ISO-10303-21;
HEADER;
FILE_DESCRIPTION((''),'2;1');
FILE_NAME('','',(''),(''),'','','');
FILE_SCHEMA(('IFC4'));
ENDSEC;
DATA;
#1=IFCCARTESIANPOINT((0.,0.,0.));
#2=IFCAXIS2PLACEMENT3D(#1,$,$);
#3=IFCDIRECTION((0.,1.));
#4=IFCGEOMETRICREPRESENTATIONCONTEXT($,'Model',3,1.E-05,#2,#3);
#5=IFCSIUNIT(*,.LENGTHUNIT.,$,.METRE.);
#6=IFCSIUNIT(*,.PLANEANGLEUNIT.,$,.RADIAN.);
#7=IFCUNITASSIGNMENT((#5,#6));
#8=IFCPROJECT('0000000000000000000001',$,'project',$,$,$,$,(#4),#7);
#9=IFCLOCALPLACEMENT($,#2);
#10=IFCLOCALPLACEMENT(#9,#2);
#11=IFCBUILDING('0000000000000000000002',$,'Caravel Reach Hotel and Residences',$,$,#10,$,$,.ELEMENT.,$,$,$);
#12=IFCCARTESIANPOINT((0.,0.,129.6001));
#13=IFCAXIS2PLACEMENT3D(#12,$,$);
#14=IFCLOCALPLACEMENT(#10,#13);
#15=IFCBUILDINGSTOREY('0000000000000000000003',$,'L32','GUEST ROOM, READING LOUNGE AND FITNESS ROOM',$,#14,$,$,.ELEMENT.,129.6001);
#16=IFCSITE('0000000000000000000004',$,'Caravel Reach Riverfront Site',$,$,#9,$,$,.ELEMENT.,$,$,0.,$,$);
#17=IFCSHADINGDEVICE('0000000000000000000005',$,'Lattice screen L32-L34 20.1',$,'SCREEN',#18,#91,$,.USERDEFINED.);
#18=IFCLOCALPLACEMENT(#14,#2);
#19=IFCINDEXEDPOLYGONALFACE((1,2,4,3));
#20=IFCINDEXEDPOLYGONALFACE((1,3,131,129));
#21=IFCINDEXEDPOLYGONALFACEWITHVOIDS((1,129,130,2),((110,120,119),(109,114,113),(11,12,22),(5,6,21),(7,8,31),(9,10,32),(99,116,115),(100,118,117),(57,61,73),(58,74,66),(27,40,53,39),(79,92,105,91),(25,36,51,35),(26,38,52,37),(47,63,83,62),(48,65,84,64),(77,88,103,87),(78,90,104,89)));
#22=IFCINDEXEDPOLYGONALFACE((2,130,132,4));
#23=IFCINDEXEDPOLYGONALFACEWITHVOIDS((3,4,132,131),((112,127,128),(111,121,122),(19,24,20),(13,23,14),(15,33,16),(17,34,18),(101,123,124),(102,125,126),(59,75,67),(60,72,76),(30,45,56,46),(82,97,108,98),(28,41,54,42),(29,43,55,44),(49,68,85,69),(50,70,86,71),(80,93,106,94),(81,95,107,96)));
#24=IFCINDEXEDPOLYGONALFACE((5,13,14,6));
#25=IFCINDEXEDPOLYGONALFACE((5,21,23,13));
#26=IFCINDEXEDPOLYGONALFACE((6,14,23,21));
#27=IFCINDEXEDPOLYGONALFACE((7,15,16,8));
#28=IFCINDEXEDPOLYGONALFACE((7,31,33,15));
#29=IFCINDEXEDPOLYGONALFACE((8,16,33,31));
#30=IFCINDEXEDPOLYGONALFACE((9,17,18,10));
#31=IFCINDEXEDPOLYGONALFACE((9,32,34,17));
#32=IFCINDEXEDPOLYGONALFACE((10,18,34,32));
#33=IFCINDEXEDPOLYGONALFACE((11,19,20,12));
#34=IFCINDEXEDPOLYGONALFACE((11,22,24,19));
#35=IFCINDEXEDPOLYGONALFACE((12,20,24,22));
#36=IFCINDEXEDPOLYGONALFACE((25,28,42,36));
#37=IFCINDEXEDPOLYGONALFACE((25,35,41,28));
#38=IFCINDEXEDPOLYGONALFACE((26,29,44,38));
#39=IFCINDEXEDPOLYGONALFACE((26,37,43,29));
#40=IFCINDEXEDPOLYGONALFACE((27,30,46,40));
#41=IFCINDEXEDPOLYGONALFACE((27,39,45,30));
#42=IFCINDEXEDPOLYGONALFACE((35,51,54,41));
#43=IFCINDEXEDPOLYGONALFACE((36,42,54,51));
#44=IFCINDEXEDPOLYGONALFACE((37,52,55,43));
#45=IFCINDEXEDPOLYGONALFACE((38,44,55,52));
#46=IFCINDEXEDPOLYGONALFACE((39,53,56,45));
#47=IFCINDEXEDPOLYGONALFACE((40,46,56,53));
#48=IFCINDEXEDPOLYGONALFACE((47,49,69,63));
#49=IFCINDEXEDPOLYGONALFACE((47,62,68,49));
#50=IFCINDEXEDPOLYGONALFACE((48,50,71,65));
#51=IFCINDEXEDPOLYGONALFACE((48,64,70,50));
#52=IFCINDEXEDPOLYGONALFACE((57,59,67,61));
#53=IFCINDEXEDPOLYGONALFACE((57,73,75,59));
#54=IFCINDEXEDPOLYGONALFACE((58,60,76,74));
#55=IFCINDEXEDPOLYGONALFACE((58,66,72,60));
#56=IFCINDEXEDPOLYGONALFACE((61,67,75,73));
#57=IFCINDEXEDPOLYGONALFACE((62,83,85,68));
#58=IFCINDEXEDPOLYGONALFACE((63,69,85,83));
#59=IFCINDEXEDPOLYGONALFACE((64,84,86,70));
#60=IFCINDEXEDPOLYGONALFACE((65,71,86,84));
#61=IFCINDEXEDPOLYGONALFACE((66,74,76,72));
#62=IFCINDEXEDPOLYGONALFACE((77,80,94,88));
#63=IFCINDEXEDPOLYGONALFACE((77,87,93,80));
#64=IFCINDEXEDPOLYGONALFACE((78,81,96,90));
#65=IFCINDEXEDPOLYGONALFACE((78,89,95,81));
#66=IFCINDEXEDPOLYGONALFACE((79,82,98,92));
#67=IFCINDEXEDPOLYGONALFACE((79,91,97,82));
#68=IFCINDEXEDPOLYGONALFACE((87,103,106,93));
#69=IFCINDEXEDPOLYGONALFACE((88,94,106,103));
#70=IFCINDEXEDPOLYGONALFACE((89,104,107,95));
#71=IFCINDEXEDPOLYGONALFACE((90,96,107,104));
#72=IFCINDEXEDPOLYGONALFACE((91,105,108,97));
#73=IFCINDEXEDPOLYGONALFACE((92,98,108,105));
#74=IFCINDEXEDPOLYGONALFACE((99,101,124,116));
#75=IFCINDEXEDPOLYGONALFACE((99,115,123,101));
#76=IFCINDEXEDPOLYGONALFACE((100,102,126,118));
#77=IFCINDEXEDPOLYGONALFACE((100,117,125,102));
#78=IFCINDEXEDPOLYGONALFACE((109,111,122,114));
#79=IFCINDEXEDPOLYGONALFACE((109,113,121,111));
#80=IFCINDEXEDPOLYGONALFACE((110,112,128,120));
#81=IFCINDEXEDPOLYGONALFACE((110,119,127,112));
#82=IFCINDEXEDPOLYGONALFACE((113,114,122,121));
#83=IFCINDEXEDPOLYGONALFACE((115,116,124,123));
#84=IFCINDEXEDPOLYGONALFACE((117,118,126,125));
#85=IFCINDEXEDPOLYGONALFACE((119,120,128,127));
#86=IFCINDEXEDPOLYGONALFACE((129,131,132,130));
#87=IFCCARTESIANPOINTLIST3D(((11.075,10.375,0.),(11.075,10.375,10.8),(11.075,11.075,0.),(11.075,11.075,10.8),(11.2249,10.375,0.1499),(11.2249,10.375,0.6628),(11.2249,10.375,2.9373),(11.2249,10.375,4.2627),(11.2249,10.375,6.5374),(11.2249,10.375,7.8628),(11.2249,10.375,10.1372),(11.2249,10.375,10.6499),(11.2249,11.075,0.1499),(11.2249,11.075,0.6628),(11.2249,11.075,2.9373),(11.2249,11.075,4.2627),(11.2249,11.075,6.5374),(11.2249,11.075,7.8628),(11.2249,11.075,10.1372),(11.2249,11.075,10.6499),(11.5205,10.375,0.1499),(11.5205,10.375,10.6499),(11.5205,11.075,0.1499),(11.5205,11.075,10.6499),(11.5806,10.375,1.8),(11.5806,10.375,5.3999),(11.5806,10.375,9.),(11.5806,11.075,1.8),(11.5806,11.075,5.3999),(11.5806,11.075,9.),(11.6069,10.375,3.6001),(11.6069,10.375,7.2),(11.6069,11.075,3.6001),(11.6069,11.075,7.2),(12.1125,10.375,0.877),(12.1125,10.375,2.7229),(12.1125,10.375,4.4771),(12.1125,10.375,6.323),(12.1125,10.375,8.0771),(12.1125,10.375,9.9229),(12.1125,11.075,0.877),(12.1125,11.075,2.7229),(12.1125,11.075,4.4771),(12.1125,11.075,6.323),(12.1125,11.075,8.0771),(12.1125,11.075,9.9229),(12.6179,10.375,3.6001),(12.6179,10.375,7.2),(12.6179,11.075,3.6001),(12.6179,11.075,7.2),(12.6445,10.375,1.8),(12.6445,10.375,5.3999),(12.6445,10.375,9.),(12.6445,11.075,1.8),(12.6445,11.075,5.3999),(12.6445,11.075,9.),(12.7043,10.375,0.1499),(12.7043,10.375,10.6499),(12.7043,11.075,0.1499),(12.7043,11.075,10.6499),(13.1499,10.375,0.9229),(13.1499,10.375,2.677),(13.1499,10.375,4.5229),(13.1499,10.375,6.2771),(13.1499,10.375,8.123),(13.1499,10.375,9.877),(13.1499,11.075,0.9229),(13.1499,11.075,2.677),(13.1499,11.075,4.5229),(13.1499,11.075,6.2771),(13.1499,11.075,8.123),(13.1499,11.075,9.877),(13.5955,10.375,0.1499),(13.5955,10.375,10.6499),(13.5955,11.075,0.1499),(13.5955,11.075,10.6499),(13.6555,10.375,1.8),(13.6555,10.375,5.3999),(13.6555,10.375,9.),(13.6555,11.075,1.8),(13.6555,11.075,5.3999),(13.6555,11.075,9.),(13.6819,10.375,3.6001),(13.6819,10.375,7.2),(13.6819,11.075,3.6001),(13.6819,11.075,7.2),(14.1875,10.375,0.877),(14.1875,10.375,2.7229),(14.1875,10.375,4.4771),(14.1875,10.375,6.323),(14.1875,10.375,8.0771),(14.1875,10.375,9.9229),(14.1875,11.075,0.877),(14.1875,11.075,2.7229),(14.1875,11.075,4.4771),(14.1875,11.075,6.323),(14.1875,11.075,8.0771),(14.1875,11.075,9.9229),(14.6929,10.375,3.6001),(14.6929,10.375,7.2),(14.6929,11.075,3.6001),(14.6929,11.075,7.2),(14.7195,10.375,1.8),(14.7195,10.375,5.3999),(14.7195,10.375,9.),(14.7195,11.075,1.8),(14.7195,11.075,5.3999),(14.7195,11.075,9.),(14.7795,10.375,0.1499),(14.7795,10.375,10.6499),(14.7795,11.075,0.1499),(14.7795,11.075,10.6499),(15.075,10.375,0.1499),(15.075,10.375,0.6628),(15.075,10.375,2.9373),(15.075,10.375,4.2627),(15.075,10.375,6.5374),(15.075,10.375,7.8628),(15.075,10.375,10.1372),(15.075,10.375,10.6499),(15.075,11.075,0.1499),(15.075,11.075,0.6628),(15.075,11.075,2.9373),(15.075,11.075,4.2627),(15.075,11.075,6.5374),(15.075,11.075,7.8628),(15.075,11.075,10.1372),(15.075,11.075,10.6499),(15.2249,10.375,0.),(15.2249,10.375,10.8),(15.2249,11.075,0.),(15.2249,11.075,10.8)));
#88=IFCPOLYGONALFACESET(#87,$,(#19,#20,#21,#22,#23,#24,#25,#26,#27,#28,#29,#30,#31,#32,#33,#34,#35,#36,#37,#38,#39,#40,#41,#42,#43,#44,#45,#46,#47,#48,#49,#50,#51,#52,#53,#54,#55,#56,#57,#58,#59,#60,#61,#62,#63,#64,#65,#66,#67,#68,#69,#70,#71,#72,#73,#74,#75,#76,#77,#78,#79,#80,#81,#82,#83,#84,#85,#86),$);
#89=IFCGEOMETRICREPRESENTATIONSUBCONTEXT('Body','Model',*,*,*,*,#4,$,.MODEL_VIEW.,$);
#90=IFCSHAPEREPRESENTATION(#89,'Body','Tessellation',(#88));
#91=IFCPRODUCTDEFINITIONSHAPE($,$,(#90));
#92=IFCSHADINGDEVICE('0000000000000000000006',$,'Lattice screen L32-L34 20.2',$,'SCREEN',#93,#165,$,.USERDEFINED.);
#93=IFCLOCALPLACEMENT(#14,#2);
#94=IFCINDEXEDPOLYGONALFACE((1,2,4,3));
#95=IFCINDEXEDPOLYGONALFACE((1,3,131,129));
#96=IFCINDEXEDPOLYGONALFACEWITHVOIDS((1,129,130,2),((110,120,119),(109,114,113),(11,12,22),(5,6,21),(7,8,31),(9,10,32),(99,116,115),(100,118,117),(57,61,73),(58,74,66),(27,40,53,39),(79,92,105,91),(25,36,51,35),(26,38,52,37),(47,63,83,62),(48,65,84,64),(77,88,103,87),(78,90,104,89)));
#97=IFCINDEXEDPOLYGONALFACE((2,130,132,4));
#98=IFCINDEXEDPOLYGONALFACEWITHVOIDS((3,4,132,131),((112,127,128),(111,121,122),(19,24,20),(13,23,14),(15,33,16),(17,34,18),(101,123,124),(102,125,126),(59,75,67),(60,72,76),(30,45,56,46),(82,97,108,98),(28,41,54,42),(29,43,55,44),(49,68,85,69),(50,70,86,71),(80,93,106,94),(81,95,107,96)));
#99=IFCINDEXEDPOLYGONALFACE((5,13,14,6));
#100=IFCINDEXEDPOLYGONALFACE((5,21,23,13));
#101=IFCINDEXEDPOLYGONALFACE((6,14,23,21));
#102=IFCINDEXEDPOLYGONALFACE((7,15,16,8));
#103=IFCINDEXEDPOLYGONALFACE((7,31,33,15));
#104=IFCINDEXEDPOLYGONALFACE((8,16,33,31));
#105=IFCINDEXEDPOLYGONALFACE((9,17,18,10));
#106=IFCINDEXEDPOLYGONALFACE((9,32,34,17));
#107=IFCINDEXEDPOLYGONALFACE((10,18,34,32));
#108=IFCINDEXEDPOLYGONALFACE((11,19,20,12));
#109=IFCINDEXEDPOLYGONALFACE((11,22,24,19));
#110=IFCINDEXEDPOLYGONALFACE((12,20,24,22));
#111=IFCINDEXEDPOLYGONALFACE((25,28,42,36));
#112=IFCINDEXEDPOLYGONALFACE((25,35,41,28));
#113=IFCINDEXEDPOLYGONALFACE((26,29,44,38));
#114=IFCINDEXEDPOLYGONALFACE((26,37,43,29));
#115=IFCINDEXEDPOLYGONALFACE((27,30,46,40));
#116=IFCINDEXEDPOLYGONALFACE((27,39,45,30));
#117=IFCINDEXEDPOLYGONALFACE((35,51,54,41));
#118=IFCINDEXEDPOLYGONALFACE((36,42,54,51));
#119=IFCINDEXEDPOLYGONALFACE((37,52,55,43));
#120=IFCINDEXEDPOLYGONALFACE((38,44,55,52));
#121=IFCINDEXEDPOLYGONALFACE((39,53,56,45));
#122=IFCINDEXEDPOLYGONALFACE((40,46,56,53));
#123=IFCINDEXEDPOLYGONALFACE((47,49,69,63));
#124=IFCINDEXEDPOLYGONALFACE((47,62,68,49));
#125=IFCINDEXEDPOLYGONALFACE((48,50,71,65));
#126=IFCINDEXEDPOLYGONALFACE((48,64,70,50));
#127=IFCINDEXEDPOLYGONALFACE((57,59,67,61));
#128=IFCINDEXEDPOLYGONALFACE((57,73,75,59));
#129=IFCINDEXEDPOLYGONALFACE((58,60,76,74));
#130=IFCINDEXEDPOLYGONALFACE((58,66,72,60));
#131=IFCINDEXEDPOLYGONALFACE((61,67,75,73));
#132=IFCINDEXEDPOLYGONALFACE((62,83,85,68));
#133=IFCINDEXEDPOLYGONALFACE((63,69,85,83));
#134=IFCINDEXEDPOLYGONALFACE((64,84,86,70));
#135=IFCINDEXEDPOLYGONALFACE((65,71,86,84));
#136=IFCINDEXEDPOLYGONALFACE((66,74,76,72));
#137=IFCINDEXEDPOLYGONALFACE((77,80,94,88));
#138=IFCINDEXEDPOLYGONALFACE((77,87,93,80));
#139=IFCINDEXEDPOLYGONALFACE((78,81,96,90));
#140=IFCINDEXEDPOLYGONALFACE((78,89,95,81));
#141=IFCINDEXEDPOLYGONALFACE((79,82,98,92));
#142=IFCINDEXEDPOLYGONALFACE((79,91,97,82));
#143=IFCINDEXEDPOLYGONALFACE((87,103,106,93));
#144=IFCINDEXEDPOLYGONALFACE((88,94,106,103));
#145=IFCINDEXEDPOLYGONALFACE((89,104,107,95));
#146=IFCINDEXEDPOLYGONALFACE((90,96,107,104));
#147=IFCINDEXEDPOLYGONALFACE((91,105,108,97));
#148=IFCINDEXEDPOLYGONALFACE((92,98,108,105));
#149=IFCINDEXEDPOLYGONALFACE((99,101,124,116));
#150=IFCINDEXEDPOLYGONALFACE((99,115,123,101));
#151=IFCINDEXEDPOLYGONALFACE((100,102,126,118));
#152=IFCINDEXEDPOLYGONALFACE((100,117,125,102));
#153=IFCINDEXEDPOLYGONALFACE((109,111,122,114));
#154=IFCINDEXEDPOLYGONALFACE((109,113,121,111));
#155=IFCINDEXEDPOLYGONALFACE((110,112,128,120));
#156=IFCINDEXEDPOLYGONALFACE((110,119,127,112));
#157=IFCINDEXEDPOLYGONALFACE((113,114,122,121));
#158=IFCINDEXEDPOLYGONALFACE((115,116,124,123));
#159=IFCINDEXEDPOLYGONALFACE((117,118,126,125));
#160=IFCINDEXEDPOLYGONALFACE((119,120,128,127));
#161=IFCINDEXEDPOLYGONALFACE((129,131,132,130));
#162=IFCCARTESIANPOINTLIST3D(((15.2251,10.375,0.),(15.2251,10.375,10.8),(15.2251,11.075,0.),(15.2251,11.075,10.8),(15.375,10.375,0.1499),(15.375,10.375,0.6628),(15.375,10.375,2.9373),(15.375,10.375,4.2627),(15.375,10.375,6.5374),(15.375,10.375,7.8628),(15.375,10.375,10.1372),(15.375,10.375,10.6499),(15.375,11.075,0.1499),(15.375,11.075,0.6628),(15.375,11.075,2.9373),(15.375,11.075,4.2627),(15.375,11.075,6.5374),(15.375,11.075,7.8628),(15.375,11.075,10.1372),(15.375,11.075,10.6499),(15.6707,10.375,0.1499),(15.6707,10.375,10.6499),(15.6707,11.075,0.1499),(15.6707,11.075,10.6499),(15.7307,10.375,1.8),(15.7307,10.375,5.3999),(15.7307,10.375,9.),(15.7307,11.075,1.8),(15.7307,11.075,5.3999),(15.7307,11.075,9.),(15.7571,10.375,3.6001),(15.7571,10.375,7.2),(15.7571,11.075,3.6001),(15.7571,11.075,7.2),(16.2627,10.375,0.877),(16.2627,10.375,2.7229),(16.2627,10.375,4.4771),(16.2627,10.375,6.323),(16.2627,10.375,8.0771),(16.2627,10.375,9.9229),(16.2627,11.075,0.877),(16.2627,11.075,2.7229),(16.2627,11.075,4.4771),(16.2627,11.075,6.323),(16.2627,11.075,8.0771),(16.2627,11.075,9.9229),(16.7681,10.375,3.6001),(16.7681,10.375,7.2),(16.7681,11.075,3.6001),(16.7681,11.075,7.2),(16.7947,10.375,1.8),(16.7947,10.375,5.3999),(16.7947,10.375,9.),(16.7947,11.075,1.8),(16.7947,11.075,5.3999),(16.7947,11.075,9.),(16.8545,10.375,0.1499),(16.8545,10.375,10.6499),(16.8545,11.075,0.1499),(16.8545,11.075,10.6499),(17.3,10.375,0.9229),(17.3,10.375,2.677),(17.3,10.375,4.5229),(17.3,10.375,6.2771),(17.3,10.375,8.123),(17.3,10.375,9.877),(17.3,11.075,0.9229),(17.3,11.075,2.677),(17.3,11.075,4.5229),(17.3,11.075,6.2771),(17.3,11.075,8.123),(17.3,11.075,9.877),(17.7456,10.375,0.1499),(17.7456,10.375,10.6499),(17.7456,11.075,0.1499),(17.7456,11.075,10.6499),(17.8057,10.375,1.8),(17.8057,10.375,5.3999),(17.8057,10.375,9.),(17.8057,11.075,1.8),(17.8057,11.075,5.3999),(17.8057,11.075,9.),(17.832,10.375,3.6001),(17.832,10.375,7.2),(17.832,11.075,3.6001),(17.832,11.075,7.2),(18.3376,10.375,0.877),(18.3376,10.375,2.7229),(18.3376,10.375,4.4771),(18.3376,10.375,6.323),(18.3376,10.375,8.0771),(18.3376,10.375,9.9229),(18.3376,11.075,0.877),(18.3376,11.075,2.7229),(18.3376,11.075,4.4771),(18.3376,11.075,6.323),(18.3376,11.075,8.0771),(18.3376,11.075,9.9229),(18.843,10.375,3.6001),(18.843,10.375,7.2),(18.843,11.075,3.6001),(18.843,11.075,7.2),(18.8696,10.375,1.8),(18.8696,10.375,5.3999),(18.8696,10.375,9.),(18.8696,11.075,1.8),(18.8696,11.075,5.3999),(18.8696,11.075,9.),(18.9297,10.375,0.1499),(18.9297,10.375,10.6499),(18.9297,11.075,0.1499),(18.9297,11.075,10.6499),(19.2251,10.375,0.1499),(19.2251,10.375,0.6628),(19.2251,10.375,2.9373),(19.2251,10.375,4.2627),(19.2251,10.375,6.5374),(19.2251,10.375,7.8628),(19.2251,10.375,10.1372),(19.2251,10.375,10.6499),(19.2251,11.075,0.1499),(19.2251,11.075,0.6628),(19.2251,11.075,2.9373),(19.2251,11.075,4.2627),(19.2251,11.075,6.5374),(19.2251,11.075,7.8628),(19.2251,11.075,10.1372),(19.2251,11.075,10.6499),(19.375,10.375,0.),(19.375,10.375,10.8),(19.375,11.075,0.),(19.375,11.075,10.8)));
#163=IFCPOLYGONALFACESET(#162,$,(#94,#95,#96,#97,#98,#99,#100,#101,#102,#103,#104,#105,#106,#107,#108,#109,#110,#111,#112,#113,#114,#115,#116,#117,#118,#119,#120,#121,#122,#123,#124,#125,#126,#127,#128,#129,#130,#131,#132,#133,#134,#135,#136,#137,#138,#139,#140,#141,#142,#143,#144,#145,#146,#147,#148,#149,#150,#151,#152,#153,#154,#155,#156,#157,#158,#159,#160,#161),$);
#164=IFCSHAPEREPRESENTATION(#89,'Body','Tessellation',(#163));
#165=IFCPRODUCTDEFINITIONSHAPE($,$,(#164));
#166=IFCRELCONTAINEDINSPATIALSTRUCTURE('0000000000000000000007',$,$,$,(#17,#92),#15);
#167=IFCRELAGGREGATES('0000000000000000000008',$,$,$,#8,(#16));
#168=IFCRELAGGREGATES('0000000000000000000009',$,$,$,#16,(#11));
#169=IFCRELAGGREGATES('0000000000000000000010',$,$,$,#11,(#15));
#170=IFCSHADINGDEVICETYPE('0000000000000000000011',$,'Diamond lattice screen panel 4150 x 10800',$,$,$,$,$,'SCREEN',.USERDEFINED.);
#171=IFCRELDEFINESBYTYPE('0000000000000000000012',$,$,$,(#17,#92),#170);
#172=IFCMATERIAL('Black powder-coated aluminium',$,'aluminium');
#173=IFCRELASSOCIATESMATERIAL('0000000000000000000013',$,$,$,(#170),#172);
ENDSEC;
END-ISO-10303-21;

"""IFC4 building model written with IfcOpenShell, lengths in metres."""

from ifc_helpers import new_model, si_unit, direction, frame, origin, place, context, subcontext, project, spatial, polyline, outline, extrude, material, type_object, element, save


model = new_model("IFC4")

# Units and contexts
model_context = context("Model", 3, precision=1e-05, world=origin(), true_north=direction((0.0, 1.0)))
body_context = subcontext(model_context, "Body", "Model", "MODEL_VIEW")
ifc_project = project(units=[si_unit("LENGTHUNIT", "METRE"), si_unit("PLANEANGLEUNIT", "RADIAN")], contexts=[model_context])

# Site, building, storey
site_placement = place(None, origin())
site = spatial("IfcSite", under=ifc_project, at=site_placement, Name="Caravel Reach Riverfront Site", CompositionType="ELEMENT", RefElevation=0.0)
building_placement = place(site_placement, origin())
building = spatial("IfcBuilding", under=site, at=building_placement, Name="Caravel Reach Hotel and Residences", CompositionType="ELEMENT")
storey_placement = place(building_placement, frame((0.0, 0.0, 129.6001)))
storey = spatial("IfcBuildingStorey", under=building, at=storey_placement, Name="L32", Description="GUEST ROOM, READING LOUNGE AND FITNESS ROOM", CompositionType="ELEMENT", Elevation=129.6001)

# Shading devices
ifc_material_1 = material(Name="Black powder-coated aluminium", Category="aluminium")
shading_device_type_1 = type_object("IfcShadingDeviceType", Name="Diamond lattice screen panel 4150 x 10800", ElementType="SCREEN", PredefinedType="USERDEFINED", material=ifc_material_1)
shading_device_1_placement = place(storey_placement, frame((11.075, 11.075, 0.0), z_axis=(0.0, -1.0, 0.0), x_axis=(1.0, 0.0, 0.0)))
element("IfcShadingDevice", 1, at=shading_device_1_placement, inside=storey, type_object=shading_device_type_1, Name="Lattice screen L32-L34 20.1", ObjectType="SCREEN", PredefinedType="USERDEFINED", context=body_context, shape_type="SweptSolid", body=[
    extrude(outline(polyline([(0.0, 0.0), (4.1499, 0.0), (4.1499, 10.8), (0.0, 10.8), (0.0, 0.0)]), holes=[polyline([(0.4456, 0.1499), (0.1499, 0.6628), (0.1499, 0.1499), (0.4456, 0.1499)]), polyline([(0.532, 3.6001), (0.1499, 4.2627), (0.1499, 2.9373), (0.532, 3.6001)]), polyline([(0.532, 7.2), (0.1499, 7.8628), (0.1499, 6.5374), (0.532, 7.2)]), polyline([(0.1499, 10.1372), (0.4456, 10.6499), (0.1499, 10.6499), (0.1499, 10.1372)]), polyline([(1.0376, 2.7229), (0.5056, 1.8), (1.0376, 0.877), (1.5696, 1.8), (1.0376, 2.7229)]), polyline([(1.0376, 6.323), (0.5056, 5.3999), (1.0376, 4.4771), (1.5696, 5.3999), (1.0376, 6.323)]), polyline([(1.0376, 9.9229), (0.5056, 9.0), (1.0376, 8.0771), (1.5696, 9.0), (1.0376, 9.9229)]), polyline([(2.075, 0.9229), (1.6294, 0.1499), (2.5205, 0.1499), (2.075, 0.9229)]), polyline([(2.075, 4.5229), (1.543, 3.6001), (2.075, 2.677), (2.6069, 3.6001), (2.075, 4.5229)]), polyline([(2.075, 8.123), (1.543, 7.2), (2.075, 6.2771), (2.6069, 7.2), (2.075, 8.123)]), polyline([(2.075, 9.877), (2.5205, 10.6499), (1.6294, 10.6499), (2.075, 9.877)]), polyline([(3.1125, 2.7229), (2.5806, 1.8), (3.1125, 0.877), (3.6445, 1.8), (3.1125, 2.7229)]), polyline([(3.1125, 6.323), (2.5806, 5.3999), (3.1125, 4.4771), (3.6445, 5.3999), (3.1125, 6.323)]), polyline([(3.1125, 9.9229), (2.5806, 9.0), (3.1125, 8.0771), (3.6445, 9.0), (3.1125, 9.9229)]), polyline([(4.0, 0.6628), (3.7046, 0.1499), (4.0, 0.1499), (4.0, 0.6628)]), polyline([(3.6179, 3.6001), (4.0, 2.9373), (4.0, 4.2627), (3.6179, 3.6001)]), polyline([(3.6179, 7.2), (4.0, 6.5374), (4.0, 7.8628), (3.6179, 7.2)]), polyline([(3.7046, 10.6499), (4.0, 10.1372), (4.0, 10.6499), (3.7046, 10.6499)])]), origin(), (0.0, 0.0, 1.0), 0.7),
])
shading_device_2_placement = place(storey_placement, frame((15.2251, 11.075, 0.0), z_axis=(0.0, -1.0, 0.0), x_axis=(1.0, 0.0, 0.0)))
element("IfcShadingDevice", 2, at=shading_device_2_placement, inside=storey, type_object=shading_device_type_1, Name="Lattice screen L32-L34 20.2", ObjectType="SCREEN", PredefinedType="USERDEFINED", context=body_context, shape_type="SweptSolid", body=[
    extrude(outline(polyline([(0.0, 0.0), (4.1499, 0.0), (4.1499, 10.8), (0.0, 10.8), (0.0, 0.0)]), holes=[polyline([(0.4456, 0.1499), (0.1499, 0.6628), (0.1499, 0.1499), (0.4456, 0.1499)]), polyline([(0.532, 3.6001), (0.1499, 4.2627), (0.1499, 2.9373), (0.532, 3.6001)]), polyline([(0.532, 7.2), (0.1499, 7.8628), (0.1499, 6.5374), (0.532, 7.2)]), polyline([(0.1499, 10.1372), (0.4456, 10.6499), (0.1499, 10.6499), (0.1499, 10.1372)]), polyline([(1.0376, 2.7229), (0.5056, 1.8), (1.0376, 0.877), (1.5696, 1.8), (1.0376, 2.7229)]), polyline([(1.0376, 6.323), (0.5056, 5.3999), (1.0376, 4.4771), (1.5696, 5.3999), (1.0376, 6.323)]), polyline([(1.0376, 9.9229), (0.5056, 9.0), (1.0376, 8.0771), (1.5696, 9.0), (1.0376, 9.9229)]), polyline([(2.075, 0.9229), (1.6294, 0.1499), (2.5205, 0.1499), (2.075, 0.9229)]), polyline([(2.075, 4.5229), (1.543, 3.6001), (2.075, 2.677), (2.6069, 3.6001), (2.075, 4.5229)]), polyline([(2.075, 8.123), (1.543, 7.2), (2.075, 6.2771), (2.6069, 7.2), (2.075, 8.123)]), polyline([(2.075, 9.877), (2.5205, 10.6499), (1.6294, 10.6499), (2.075, 9.877)]), polyline([(3.1125, 2.7229), (2.5806, 1.8), (3.1125, 0.877), (3.6445, 1.8), (3.1125, 2.7229)]), polyline([(3.1125, 6.323), (2.5806, 5.3999), (3.1125, 4.4771), (3.6445, 5.3999), (3.1125, 6.323)]), polyline([(3.1125, 9.9229), (2.5806, 9.0), (3.1125, 8.0771), (3.6445, 9.0), (3.1125, 9.9229)]), polyline([(4.0, 0.6628), (3.7046, 0.1499), (4.0, 0.1499), (4.0, 0.6628)]), polyline([(3.6179, 3.6001), (4.0, 2.9373), (4.0, 4.2627), (3.6179, 3.6001)]), polyline([(3.6179, 7.2), (4.0, 6.5374), (4.0, 7.8628), (3.6179, 7.2)]), polyline([(3.7046, 10.6499), (4.0, 10.1372), (4.0, 10.6499), (3.7046, 10.6499)])]), origin(), (0.0, 0.0, 1.0), 0.7),
])

save(model, "model.ifc")
